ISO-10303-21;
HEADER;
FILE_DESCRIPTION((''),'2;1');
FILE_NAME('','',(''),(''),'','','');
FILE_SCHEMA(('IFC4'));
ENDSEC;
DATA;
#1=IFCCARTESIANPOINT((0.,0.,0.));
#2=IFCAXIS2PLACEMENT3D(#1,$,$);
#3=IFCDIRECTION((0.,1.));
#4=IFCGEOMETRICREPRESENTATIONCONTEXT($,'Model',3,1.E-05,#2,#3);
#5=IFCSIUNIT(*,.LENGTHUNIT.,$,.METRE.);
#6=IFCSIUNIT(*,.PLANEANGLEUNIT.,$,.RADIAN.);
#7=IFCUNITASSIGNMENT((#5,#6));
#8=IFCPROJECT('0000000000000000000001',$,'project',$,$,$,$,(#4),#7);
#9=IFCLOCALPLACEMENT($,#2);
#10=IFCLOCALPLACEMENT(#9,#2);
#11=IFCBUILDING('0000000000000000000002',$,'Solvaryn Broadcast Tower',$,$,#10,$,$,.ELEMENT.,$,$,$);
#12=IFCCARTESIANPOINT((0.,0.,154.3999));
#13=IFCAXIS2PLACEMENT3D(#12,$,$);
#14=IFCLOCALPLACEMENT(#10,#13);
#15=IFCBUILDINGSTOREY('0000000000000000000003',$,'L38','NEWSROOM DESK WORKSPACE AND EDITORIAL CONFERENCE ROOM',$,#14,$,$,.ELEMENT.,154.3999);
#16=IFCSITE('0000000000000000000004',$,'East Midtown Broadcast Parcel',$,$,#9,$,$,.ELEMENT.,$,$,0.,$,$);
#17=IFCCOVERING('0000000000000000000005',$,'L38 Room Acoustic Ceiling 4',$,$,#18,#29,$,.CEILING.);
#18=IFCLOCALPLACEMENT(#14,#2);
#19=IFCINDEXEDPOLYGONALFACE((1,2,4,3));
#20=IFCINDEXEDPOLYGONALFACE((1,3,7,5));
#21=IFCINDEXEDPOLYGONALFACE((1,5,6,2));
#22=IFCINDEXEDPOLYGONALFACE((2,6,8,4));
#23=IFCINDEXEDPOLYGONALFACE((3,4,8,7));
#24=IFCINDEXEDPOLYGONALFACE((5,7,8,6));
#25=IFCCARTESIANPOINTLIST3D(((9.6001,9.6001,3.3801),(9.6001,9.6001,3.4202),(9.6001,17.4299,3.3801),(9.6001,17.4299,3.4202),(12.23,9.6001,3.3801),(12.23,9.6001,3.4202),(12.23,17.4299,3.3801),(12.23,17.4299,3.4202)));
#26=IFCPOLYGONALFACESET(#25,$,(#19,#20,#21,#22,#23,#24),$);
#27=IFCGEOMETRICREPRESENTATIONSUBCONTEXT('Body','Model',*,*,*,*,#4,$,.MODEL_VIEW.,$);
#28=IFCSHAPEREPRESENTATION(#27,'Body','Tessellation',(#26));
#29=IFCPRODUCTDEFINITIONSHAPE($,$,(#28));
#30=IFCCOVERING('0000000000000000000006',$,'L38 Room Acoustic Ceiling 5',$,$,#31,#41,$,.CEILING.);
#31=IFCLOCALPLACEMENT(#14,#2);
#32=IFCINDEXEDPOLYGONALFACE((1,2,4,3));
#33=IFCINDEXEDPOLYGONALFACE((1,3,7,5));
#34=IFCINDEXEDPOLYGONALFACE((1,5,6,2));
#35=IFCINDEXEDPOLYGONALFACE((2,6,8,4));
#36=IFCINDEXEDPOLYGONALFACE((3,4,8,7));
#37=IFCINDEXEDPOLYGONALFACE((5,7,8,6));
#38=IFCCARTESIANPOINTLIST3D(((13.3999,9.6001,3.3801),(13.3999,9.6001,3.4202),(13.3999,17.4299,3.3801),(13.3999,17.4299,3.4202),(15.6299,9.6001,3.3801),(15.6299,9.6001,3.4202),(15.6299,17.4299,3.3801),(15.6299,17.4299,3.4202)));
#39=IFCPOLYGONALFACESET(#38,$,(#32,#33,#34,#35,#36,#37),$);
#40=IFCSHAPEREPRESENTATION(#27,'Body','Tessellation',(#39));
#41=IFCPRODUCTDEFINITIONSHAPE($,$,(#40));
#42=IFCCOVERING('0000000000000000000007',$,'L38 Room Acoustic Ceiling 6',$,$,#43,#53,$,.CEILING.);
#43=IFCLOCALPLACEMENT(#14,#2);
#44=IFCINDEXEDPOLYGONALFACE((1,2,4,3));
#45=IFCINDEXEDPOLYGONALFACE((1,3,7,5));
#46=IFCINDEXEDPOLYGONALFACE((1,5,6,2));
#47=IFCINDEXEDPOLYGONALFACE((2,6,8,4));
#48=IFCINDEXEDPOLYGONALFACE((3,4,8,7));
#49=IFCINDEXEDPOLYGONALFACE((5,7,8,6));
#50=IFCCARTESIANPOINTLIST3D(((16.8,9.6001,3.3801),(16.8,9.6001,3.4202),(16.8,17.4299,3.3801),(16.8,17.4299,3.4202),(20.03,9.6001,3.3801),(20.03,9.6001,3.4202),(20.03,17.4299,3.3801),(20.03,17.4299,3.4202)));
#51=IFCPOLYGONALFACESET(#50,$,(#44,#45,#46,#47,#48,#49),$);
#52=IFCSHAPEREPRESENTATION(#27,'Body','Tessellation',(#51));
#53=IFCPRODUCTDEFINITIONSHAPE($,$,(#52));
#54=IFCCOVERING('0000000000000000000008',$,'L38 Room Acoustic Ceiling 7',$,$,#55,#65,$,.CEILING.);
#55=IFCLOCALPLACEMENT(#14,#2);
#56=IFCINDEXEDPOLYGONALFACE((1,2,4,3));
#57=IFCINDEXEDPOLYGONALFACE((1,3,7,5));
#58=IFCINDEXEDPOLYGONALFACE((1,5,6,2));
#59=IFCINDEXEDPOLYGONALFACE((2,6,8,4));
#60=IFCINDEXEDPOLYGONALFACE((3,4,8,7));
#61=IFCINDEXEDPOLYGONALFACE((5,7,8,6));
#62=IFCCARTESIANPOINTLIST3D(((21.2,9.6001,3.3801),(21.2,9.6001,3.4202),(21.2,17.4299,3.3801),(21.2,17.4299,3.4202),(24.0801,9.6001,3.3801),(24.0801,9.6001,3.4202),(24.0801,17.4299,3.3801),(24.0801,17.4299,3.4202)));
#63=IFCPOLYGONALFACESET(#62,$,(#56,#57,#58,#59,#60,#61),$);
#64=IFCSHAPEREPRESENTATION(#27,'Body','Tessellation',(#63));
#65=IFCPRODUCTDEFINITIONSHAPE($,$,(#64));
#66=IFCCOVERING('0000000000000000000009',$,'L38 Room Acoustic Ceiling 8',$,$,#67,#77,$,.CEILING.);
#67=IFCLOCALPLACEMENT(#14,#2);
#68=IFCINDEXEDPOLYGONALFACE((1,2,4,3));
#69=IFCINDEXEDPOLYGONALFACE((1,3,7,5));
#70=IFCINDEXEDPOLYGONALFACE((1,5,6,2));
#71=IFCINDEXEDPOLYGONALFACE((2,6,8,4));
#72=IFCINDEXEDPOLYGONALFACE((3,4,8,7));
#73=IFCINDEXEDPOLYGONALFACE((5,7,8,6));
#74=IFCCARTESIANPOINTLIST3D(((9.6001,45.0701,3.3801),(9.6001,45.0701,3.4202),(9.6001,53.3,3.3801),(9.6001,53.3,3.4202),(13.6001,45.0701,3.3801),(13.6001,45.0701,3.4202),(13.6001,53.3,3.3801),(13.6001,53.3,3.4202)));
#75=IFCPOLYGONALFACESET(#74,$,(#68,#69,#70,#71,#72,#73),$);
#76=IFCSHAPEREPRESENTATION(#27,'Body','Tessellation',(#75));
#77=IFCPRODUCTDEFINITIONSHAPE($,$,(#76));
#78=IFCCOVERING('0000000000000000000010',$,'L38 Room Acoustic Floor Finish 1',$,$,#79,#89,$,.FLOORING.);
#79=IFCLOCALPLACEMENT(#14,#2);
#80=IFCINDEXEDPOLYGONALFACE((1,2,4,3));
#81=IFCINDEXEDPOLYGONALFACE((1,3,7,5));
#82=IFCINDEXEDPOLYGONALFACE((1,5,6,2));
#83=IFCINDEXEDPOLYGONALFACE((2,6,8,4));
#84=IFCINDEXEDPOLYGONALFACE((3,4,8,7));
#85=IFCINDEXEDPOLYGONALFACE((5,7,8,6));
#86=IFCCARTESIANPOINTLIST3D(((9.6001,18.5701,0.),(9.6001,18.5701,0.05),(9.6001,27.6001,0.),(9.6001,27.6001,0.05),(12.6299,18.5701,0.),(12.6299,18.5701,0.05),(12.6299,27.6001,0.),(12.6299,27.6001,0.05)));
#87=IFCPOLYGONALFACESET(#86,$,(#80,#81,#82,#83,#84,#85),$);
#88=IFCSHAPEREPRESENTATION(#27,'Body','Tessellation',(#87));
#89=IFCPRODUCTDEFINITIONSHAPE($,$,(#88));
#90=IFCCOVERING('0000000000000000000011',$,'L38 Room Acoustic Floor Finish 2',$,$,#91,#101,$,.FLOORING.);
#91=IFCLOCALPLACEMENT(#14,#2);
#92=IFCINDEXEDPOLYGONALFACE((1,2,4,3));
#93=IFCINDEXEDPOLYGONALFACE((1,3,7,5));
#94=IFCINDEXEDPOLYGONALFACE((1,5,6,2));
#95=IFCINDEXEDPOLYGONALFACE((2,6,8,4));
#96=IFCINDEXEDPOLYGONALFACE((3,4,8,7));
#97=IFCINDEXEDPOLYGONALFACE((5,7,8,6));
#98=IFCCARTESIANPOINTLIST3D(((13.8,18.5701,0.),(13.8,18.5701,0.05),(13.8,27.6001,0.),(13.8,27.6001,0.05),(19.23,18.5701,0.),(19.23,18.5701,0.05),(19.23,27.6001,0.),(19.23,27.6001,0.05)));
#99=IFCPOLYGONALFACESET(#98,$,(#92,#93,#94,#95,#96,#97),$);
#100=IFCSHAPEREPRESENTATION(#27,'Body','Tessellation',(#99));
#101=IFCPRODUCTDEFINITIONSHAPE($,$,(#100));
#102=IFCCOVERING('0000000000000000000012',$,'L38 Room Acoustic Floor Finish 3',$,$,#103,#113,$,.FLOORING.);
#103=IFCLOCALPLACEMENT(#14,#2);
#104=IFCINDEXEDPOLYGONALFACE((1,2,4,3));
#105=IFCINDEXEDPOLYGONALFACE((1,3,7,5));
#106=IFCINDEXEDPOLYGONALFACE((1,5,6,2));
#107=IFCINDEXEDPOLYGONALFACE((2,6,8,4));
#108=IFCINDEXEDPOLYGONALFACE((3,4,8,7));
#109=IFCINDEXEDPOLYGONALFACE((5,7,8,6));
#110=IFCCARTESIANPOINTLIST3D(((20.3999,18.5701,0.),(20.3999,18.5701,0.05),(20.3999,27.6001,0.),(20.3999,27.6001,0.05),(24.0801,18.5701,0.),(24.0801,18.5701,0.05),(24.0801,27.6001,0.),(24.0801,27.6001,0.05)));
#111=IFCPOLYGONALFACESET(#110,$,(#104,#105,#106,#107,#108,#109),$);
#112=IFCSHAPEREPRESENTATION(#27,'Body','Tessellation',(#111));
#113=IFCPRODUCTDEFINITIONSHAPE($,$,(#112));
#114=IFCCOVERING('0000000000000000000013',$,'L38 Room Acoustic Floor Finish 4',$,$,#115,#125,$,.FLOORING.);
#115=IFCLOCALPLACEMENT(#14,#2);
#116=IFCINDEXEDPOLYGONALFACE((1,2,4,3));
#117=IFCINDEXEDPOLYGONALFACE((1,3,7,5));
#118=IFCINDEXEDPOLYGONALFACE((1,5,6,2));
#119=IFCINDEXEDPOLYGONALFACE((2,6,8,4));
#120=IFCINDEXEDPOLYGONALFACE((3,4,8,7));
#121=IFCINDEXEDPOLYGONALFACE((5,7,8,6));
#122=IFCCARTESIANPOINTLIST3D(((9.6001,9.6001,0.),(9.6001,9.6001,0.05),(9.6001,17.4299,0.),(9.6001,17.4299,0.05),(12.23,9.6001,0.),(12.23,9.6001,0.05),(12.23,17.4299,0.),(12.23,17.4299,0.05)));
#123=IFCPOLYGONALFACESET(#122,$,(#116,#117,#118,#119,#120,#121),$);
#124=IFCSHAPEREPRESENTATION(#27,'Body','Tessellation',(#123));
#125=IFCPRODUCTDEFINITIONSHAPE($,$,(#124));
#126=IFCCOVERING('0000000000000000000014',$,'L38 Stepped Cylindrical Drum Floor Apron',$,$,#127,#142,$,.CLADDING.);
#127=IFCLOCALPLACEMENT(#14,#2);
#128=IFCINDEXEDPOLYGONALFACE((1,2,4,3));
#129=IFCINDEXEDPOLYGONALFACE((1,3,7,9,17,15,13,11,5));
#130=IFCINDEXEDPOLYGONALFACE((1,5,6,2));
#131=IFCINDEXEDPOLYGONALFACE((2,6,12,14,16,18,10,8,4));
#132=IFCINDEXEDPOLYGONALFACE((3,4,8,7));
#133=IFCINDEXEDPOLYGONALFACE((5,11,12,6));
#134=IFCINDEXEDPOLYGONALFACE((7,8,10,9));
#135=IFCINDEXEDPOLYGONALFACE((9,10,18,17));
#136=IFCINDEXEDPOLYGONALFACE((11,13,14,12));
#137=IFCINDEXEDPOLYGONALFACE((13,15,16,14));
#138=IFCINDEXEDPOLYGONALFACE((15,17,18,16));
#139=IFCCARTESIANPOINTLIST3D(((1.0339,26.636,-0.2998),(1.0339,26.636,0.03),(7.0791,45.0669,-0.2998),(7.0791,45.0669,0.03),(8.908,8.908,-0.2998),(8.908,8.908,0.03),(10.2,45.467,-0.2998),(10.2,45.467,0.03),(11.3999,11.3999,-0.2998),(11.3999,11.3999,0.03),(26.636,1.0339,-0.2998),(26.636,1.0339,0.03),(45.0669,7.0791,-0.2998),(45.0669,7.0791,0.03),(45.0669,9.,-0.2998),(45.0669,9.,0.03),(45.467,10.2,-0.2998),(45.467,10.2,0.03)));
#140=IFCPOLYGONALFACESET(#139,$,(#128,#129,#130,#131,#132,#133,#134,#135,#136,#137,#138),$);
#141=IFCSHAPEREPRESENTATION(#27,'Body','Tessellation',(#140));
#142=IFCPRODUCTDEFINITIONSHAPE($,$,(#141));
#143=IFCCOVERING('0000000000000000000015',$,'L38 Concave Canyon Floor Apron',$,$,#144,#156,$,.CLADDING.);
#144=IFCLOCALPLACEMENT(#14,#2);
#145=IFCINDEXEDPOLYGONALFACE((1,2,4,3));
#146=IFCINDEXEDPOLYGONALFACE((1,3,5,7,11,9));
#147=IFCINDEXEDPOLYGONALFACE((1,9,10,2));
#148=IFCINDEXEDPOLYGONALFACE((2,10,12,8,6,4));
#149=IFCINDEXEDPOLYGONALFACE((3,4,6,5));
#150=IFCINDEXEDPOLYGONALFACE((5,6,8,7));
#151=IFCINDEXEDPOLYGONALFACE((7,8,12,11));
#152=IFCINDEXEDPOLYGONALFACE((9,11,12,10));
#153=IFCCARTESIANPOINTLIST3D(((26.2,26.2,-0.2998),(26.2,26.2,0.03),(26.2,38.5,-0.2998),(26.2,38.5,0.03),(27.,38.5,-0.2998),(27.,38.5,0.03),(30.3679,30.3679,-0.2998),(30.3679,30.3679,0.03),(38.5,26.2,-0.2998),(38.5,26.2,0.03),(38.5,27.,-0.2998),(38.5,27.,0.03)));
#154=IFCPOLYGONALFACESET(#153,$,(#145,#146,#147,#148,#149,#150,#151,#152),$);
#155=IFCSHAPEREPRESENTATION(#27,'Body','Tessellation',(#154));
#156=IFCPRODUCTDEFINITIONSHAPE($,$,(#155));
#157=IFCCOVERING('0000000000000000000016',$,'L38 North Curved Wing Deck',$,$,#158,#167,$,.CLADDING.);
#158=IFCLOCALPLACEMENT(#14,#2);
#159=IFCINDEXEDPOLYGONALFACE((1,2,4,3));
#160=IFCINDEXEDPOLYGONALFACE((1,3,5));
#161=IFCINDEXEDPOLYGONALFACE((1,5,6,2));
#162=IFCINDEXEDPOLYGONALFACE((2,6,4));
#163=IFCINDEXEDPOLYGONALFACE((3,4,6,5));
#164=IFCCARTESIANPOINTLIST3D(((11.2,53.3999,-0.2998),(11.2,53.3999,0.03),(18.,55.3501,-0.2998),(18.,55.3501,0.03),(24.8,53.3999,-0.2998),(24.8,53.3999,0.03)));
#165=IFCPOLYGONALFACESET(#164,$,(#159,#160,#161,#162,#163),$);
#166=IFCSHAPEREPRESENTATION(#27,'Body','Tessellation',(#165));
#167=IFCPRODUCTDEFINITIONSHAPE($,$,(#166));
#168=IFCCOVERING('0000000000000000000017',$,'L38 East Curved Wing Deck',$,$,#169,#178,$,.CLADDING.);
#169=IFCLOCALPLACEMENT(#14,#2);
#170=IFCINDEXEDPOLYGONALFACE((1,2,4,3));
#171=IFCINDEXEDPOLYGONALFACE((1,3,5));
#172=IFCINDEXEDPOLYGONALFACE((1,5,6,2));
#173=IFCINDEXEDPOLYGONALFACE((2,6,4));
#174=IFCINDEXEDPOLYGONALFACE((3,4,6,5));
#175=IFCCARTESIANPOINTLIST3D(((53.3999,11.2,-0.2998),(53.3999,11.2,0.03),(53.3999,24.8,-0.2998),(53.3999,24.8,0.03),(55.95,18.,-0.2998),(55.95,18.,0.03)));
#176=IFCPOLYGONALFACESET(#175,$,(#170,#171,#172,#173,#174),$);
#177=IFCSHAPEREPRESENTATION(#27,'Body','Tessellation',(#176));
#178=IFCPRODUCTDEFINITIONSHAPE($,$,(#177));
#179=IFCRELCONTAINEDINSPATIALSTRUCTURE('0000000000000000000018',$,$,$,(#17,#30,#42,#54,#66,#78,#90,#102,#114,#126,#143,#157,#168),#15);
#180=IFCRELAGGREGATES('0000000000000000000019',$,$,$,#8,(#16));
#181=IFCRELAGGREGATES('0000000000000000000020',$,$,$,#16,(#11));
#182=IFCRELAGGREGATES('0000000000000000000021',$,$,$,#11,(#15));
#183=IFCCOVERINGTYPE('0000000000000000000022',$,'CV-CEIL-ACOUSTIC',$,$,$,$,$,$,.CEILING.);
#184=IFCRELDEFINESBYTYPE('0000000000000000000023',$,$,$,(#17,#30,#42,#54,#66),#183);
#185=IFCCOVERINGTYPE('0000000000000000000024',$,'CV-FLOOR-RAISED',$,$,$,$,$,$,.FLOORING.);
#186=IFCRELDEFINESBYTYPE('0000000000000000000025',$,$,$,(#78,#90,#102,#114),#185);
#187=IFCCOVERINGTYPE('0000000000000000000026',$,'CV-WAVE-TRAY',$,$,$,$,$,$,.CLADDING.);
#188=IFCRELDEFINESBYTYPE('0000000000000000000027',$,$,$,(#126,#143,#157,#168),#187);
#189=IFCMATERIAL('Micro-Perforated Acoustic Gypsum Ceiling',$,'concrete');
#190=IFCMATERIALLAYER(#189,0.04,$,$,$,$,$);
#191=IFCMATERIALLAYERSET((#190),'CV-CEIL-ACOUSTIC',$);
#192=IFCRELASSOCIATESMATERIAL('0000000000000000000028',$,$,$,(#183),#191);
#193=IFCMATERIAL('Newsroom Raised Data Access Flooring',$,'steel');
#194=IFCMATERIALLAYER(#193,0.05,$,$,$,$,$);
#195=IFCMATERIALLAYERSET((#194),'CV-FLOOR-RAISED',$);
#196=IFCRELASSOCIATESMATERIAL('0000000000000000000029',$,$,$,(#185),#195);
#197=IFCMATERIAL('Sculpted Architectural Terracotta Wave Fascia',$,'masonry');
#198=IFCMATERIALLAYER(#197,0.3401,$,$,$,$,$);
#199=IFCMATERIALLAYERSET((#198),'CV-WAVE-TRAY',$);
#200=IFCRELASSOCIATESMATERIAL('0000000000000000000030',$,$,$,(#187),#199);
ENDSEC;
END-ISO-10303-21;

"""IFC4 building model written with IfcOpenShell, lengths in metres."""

from ifc_helpers import new_model, si_unit, direction, frame, origin, place, context, subcontext, project, spatial, polyline, outline, extrude, material, layer, layer_set, type_object, element, save


model = new_model("IFC4")

# Units and contexts
model_context = context("Model", 3, precision=1e-05, world=origin(), true_north=direction((0.0, 1.0)))
body_context = subcontext(model_context, "Body", "Model", "MODEL_VIEW")
ifc_project = project(units=[si_unit("LENGTHUNIT", "METRE"), si_unit("PLANEANGLEUNIT", "RADIAN")], contexts=[model_context])

# Site, building, storey
site_placement = place(None, origin())
site = spatial("IfcSite", under=ifc_project, at=site_placement, Name="East Midtown Broadcast Parcel", CompositionType="ELEMENT", RefElevation=0.0)
building_placement = place(site_placement, origin())
building = spatial("IfcBuilding", under=site, at=building_placement, Name="Solvaryn Broadcast Tower", CompositionType="ELEMENT")
storey_placement = place(building_placement, frame((0.0, 0.0, 154.3999)))
storey = spatial("IfcBuildingStorey", under=building, at=storey_placement, Name="L38", Description="NEWSROOM DESK WORKSPACE AND EDITORIAL CONFERENCE ROOM", CompositionType="ELEMENT", Elevation=154.3999)

# Coverings
ifc_material_1 = material(Name="Micro-Perforated Acoustic Gypsum Ceiling", Category="concrete")
ifc_layer_1 = layer(ifc_material_1, 0.04)
ifc_layer_set_1 = layer_set([ifc_layer_1], Name="CV-CEIL-ACOUSTIC")
covering_type_1 = type_object("IfcCoveringType", Name="CV-CEIL-ACOUSTIC", PredefinedType="CEILING", material=ifc_layer_set_1)
covering_1_placement = place(storey_placement, frame((0.0, 0.0, 3.3801)))
element("IfcCovering", 1, at=covering_1_placement, inside=storey, type_object=covering_type_1, Name="L38 Room Acoustic Ceiling 4", PredefinedType="CEILING", context=body_context, shape_type="SweptSolid", body=[
    extrude(outline(polyline([(9.6001, 9.6001), (12.23, 9.6001), (12.23, 17.4299), (9.6001, 17.4299), (9.6001, 9.6001)])), origin(), (0.0, 0.0, 1.0), 0.04),
])
covering_2_placement = place(storey_placement, frame((0.0, 0.0, 3.3801)))
element("IfcCovering", 2, at=covering_2_placement, inside=storey, type_object=covering_type_1, Name="L38 Room Acoustic Ceiling 5", PredefinedType="CEILING", context=body_context, shape_type="SweptSolid", body=[
    extrude(outline(polyline([(13.3999, 9.6001), (15.6299, 9.6001), (15.6299, 17.4299), (13.3999, 17.4299), (13.3999, 9.6001)])), origin(), (0.0, 0.0, 1.0), 0.04),
])
covering_3_placement = place(storey_placement, frame((0.0, 0.0, 3.3801)))
element("IfcCovering", 3, at=covering_3_placement, inside=storey, type_object=covering_type_1, Name="L38 Room Acoustic Ceiling 6", PredefinedType="CEILING", context=body_context, shape_type="SweptSolid", body=[
    extrude(outline(polyline([(16.8, 9.6001), (20.03, 9.6001), (20.03, 17.4299), (16.8, 17.4299), (16.8, 9.6001)])), origin(), (0.0, 0.0, 1.0), 0.04),
])
covering_4_placement = place(storey_placement, frame((0.0, 0.0, 3.3801)))
element("IfcCovering", 4, at=covering_4_placement, inside=storey, type_object=covering_type_1, Name="L38 Room Acoustic Ceiling 7", PredefinedType="CEILING", context=body_context, shape_type="SweptSolid", body=[
    extrude(outline(polyline([(21.2, 9.6001), (24.0801, 9.6001), (24.0801, 17.4299), (21.2, 17.4299), (21.2, 9.6001)])), origin(), (0.0, 0.0, 1.0), 0.04),
])
covering_5_placement = place(storey_placement, frame((0.0, 0.0, 3.3801)))
element("IfcCovering", 5, at=covering_5_placement, inside=storey, type_object=covering_type_1, Name="L38 Room Acoustic Ceiling 8", PredefinedType="CEILING", context=body_context, shape_type="SweptSolid", body=[
    extrude(outline(polyline([(9.6001, 45.0701), (13.6001, 45.0701), (13.6001, 53.3), (9.6001, 53.3), (9.6001, 45.0701)])), origin(), (0.0, 0.0, 1.0), 0.04),
])
ifc_material_2 = material(Name="Newsroom Raised Data Access Flooring", Category="steel")
ifc_layer_2 = layer(ifc_material_2, 0.05)
ifc_layer_set_2 = layer_set([ifc_layer_2], Name="CV-FLOOR-RAISED")
covering_type_2 = type_object("IfcCoveringType", Name="CV-FLOOR-RAISED", PredefinedType="FLOORING", material=ifc_layer_set_2)
covering_6_placement = place(storey_placement, origin())
element("IfcCovering", 6, at=covering_6_placement, inside=storey, type_object=covering_type_2, Name="L38 Room Acoustic Floor Finish 1", PredefinedType="FLOORING", context=body_context, shape_type="SweptSolid", body=[
    extrude(outline(polyline([(9.6001, 18.5701), (12.6299, 18.5701), (12.6299, 27.6001), (9.6001, 27.6001), (9.6001, 18.5701)])), origin(), (0.0, 0.0, 1.0), 0.05),
])
covering_7_placement = place(storey_placement, origin())
element("IfcCovering", 7, at=covering_7_placement, inside=storey, type_object=covering_type_2, Name="L38 Room Acoustic Floor Finish 2", PredefinedType="FLOORING", context=body_context, shape_type="SweptSolid", body=[
    extrude(outline(polyline([(13.8, 18.5701), (19.23, 18.5701), (19.23, 27.6001), (13.8, 27.6001), (13.8, 18.5701)])), origin(), (0.0, 0.0, 1.0), 0.05),
])
covering_8_placement = place(storey_placement, origin())
element("IfcCovering", 8, at=covering_8_placement, inside=storey, type_object=covering_type_2, Name="L38 Room Acoustic Floor Finish 3", PredefinedType="FLOORING", context=body_context, shape_type="SweptSolid", body=[
    extrude(outline(polyline([(20.3999, 18.5701), (24.0801, 18.5701), (24.0801, 27.6001), (20.3999, 27.6001), (20.3999, 18.5701)])), origin(), (0.0, 0.0, 1.0), 0.05),
])
covering_9_placement = place(storey_placement, origin())
element("IfcCovering", 9, at=covering_9_placement, inside=storey, type_object=covering_type_2, Name="L38 Room Acoustic Floor Finish 4", PredefinedType="FLOORING", context=body_context, shape_type="SweptSolid", body=[
    extrude(outline(polyline([(9.6001, 9.6001), (12.23, 9.6001), (12.23, 17.4299), (9.6001, 17.4299), (9.6001, 9.6001)])), origin(), (0.0, 0.0, 1.0), 0.05),
])
ifc_material_3 = material(Name="Sculpted Architectural Terracotta Wave Fascia", Category="masonry")
ifc_layer_3 = layer(ifc_material_3, 0.3401)
ifc_layer_set_3 = layer_set([ifc_layer_3], Name="CV-WAVE-TRAY")
covering_type_3 = type_object("IfcCoveringType", Name="CV-WAVE-TRAY", PredefinedType="CLADDING", material=ifc_layer_set_3)
covering_10_placement = place(storey_placement, frame((0.0, 0.0, -0.2998)))
element("IfcCovering", 10, at=covering_10_placement, inside=storey, type_object=covering_type_3, Name="L38 Stepped Cylindrical Drum Floor Apron", PredefinedType="CLADDING", context=body_context, shape_type="SweptSolid", body=[
    extrude(outline(polyline([(10.2, 45.467), (7.0791, 45.0669), (1.0339, 26.636), (8.908, 8.908), (26.636, 1.0339), (45.0669, 7.0791), (45.0669, 9.0), (45.467, 10.2), (11.3999, 11.3999), (10.2, 45.467)])), origin(), (0.0, 0.0, 1.0), 0.3298),
])
covering_11_placement = place(storey_placement, frame((0.0, 0.0, -0.2998)))
element("IfcCovering", 11, at=covering_11_placement, inside=storey, type_object=covering_type_3, Name="L38 Concave Canyon Floor Apron", PredefinedType="CLADDING", context=body_context, shape_type="SweptSolid", body=[
    extrude(outline(polyline([(26.2, 26.2), (38.5, 26.2), (38.5, 27.0), (30.3679, 30.3679), (27.0, 38.5), (26.2, 38.5), (26.2, 26.2)])), origin(), (0.0, 0.0, 1.0), 0.3298),
])
covering_12_placement = place(storey_placement, frame((0.0, 0.0, -0.2998)))
element("IfcCovering", 12, at=covering_12_placement, inside=storey, type_object=covering_type_3, Name="L38 North Curved Wing Deck", PredefinedType="CLADDING", context=body_context, shape_type="SweptSolid", body=[
    extrude(outline(polyline([(11.2, 53.3999), (24.8, 53.3999), (18.0, 55.3501), (11.2, 53.3999)])), origin(), (0.0, 0.0, 1.0), 0.3298),
])
covering_13_placement = place(storey_placement, frame((0.0, 0.0, -0.2998)))
element("IfcCovering", 13, at=covering_13_placement, inside=storey, type_object=covering_type_3, Name="L38 East Curved Wing Deck", PredefinedType="CLADDING", context=body_context, shape_type="SweptSolid", body=[
    extrude(outline(polyline([(53.3999, 11.2), (55.95, 18.0), (53.3999, 24.8), (53.3999, 11.2)])), origin(), (0.0, 0.0, 1.0), 0.3298),
])

save(model, "model.ifc")
